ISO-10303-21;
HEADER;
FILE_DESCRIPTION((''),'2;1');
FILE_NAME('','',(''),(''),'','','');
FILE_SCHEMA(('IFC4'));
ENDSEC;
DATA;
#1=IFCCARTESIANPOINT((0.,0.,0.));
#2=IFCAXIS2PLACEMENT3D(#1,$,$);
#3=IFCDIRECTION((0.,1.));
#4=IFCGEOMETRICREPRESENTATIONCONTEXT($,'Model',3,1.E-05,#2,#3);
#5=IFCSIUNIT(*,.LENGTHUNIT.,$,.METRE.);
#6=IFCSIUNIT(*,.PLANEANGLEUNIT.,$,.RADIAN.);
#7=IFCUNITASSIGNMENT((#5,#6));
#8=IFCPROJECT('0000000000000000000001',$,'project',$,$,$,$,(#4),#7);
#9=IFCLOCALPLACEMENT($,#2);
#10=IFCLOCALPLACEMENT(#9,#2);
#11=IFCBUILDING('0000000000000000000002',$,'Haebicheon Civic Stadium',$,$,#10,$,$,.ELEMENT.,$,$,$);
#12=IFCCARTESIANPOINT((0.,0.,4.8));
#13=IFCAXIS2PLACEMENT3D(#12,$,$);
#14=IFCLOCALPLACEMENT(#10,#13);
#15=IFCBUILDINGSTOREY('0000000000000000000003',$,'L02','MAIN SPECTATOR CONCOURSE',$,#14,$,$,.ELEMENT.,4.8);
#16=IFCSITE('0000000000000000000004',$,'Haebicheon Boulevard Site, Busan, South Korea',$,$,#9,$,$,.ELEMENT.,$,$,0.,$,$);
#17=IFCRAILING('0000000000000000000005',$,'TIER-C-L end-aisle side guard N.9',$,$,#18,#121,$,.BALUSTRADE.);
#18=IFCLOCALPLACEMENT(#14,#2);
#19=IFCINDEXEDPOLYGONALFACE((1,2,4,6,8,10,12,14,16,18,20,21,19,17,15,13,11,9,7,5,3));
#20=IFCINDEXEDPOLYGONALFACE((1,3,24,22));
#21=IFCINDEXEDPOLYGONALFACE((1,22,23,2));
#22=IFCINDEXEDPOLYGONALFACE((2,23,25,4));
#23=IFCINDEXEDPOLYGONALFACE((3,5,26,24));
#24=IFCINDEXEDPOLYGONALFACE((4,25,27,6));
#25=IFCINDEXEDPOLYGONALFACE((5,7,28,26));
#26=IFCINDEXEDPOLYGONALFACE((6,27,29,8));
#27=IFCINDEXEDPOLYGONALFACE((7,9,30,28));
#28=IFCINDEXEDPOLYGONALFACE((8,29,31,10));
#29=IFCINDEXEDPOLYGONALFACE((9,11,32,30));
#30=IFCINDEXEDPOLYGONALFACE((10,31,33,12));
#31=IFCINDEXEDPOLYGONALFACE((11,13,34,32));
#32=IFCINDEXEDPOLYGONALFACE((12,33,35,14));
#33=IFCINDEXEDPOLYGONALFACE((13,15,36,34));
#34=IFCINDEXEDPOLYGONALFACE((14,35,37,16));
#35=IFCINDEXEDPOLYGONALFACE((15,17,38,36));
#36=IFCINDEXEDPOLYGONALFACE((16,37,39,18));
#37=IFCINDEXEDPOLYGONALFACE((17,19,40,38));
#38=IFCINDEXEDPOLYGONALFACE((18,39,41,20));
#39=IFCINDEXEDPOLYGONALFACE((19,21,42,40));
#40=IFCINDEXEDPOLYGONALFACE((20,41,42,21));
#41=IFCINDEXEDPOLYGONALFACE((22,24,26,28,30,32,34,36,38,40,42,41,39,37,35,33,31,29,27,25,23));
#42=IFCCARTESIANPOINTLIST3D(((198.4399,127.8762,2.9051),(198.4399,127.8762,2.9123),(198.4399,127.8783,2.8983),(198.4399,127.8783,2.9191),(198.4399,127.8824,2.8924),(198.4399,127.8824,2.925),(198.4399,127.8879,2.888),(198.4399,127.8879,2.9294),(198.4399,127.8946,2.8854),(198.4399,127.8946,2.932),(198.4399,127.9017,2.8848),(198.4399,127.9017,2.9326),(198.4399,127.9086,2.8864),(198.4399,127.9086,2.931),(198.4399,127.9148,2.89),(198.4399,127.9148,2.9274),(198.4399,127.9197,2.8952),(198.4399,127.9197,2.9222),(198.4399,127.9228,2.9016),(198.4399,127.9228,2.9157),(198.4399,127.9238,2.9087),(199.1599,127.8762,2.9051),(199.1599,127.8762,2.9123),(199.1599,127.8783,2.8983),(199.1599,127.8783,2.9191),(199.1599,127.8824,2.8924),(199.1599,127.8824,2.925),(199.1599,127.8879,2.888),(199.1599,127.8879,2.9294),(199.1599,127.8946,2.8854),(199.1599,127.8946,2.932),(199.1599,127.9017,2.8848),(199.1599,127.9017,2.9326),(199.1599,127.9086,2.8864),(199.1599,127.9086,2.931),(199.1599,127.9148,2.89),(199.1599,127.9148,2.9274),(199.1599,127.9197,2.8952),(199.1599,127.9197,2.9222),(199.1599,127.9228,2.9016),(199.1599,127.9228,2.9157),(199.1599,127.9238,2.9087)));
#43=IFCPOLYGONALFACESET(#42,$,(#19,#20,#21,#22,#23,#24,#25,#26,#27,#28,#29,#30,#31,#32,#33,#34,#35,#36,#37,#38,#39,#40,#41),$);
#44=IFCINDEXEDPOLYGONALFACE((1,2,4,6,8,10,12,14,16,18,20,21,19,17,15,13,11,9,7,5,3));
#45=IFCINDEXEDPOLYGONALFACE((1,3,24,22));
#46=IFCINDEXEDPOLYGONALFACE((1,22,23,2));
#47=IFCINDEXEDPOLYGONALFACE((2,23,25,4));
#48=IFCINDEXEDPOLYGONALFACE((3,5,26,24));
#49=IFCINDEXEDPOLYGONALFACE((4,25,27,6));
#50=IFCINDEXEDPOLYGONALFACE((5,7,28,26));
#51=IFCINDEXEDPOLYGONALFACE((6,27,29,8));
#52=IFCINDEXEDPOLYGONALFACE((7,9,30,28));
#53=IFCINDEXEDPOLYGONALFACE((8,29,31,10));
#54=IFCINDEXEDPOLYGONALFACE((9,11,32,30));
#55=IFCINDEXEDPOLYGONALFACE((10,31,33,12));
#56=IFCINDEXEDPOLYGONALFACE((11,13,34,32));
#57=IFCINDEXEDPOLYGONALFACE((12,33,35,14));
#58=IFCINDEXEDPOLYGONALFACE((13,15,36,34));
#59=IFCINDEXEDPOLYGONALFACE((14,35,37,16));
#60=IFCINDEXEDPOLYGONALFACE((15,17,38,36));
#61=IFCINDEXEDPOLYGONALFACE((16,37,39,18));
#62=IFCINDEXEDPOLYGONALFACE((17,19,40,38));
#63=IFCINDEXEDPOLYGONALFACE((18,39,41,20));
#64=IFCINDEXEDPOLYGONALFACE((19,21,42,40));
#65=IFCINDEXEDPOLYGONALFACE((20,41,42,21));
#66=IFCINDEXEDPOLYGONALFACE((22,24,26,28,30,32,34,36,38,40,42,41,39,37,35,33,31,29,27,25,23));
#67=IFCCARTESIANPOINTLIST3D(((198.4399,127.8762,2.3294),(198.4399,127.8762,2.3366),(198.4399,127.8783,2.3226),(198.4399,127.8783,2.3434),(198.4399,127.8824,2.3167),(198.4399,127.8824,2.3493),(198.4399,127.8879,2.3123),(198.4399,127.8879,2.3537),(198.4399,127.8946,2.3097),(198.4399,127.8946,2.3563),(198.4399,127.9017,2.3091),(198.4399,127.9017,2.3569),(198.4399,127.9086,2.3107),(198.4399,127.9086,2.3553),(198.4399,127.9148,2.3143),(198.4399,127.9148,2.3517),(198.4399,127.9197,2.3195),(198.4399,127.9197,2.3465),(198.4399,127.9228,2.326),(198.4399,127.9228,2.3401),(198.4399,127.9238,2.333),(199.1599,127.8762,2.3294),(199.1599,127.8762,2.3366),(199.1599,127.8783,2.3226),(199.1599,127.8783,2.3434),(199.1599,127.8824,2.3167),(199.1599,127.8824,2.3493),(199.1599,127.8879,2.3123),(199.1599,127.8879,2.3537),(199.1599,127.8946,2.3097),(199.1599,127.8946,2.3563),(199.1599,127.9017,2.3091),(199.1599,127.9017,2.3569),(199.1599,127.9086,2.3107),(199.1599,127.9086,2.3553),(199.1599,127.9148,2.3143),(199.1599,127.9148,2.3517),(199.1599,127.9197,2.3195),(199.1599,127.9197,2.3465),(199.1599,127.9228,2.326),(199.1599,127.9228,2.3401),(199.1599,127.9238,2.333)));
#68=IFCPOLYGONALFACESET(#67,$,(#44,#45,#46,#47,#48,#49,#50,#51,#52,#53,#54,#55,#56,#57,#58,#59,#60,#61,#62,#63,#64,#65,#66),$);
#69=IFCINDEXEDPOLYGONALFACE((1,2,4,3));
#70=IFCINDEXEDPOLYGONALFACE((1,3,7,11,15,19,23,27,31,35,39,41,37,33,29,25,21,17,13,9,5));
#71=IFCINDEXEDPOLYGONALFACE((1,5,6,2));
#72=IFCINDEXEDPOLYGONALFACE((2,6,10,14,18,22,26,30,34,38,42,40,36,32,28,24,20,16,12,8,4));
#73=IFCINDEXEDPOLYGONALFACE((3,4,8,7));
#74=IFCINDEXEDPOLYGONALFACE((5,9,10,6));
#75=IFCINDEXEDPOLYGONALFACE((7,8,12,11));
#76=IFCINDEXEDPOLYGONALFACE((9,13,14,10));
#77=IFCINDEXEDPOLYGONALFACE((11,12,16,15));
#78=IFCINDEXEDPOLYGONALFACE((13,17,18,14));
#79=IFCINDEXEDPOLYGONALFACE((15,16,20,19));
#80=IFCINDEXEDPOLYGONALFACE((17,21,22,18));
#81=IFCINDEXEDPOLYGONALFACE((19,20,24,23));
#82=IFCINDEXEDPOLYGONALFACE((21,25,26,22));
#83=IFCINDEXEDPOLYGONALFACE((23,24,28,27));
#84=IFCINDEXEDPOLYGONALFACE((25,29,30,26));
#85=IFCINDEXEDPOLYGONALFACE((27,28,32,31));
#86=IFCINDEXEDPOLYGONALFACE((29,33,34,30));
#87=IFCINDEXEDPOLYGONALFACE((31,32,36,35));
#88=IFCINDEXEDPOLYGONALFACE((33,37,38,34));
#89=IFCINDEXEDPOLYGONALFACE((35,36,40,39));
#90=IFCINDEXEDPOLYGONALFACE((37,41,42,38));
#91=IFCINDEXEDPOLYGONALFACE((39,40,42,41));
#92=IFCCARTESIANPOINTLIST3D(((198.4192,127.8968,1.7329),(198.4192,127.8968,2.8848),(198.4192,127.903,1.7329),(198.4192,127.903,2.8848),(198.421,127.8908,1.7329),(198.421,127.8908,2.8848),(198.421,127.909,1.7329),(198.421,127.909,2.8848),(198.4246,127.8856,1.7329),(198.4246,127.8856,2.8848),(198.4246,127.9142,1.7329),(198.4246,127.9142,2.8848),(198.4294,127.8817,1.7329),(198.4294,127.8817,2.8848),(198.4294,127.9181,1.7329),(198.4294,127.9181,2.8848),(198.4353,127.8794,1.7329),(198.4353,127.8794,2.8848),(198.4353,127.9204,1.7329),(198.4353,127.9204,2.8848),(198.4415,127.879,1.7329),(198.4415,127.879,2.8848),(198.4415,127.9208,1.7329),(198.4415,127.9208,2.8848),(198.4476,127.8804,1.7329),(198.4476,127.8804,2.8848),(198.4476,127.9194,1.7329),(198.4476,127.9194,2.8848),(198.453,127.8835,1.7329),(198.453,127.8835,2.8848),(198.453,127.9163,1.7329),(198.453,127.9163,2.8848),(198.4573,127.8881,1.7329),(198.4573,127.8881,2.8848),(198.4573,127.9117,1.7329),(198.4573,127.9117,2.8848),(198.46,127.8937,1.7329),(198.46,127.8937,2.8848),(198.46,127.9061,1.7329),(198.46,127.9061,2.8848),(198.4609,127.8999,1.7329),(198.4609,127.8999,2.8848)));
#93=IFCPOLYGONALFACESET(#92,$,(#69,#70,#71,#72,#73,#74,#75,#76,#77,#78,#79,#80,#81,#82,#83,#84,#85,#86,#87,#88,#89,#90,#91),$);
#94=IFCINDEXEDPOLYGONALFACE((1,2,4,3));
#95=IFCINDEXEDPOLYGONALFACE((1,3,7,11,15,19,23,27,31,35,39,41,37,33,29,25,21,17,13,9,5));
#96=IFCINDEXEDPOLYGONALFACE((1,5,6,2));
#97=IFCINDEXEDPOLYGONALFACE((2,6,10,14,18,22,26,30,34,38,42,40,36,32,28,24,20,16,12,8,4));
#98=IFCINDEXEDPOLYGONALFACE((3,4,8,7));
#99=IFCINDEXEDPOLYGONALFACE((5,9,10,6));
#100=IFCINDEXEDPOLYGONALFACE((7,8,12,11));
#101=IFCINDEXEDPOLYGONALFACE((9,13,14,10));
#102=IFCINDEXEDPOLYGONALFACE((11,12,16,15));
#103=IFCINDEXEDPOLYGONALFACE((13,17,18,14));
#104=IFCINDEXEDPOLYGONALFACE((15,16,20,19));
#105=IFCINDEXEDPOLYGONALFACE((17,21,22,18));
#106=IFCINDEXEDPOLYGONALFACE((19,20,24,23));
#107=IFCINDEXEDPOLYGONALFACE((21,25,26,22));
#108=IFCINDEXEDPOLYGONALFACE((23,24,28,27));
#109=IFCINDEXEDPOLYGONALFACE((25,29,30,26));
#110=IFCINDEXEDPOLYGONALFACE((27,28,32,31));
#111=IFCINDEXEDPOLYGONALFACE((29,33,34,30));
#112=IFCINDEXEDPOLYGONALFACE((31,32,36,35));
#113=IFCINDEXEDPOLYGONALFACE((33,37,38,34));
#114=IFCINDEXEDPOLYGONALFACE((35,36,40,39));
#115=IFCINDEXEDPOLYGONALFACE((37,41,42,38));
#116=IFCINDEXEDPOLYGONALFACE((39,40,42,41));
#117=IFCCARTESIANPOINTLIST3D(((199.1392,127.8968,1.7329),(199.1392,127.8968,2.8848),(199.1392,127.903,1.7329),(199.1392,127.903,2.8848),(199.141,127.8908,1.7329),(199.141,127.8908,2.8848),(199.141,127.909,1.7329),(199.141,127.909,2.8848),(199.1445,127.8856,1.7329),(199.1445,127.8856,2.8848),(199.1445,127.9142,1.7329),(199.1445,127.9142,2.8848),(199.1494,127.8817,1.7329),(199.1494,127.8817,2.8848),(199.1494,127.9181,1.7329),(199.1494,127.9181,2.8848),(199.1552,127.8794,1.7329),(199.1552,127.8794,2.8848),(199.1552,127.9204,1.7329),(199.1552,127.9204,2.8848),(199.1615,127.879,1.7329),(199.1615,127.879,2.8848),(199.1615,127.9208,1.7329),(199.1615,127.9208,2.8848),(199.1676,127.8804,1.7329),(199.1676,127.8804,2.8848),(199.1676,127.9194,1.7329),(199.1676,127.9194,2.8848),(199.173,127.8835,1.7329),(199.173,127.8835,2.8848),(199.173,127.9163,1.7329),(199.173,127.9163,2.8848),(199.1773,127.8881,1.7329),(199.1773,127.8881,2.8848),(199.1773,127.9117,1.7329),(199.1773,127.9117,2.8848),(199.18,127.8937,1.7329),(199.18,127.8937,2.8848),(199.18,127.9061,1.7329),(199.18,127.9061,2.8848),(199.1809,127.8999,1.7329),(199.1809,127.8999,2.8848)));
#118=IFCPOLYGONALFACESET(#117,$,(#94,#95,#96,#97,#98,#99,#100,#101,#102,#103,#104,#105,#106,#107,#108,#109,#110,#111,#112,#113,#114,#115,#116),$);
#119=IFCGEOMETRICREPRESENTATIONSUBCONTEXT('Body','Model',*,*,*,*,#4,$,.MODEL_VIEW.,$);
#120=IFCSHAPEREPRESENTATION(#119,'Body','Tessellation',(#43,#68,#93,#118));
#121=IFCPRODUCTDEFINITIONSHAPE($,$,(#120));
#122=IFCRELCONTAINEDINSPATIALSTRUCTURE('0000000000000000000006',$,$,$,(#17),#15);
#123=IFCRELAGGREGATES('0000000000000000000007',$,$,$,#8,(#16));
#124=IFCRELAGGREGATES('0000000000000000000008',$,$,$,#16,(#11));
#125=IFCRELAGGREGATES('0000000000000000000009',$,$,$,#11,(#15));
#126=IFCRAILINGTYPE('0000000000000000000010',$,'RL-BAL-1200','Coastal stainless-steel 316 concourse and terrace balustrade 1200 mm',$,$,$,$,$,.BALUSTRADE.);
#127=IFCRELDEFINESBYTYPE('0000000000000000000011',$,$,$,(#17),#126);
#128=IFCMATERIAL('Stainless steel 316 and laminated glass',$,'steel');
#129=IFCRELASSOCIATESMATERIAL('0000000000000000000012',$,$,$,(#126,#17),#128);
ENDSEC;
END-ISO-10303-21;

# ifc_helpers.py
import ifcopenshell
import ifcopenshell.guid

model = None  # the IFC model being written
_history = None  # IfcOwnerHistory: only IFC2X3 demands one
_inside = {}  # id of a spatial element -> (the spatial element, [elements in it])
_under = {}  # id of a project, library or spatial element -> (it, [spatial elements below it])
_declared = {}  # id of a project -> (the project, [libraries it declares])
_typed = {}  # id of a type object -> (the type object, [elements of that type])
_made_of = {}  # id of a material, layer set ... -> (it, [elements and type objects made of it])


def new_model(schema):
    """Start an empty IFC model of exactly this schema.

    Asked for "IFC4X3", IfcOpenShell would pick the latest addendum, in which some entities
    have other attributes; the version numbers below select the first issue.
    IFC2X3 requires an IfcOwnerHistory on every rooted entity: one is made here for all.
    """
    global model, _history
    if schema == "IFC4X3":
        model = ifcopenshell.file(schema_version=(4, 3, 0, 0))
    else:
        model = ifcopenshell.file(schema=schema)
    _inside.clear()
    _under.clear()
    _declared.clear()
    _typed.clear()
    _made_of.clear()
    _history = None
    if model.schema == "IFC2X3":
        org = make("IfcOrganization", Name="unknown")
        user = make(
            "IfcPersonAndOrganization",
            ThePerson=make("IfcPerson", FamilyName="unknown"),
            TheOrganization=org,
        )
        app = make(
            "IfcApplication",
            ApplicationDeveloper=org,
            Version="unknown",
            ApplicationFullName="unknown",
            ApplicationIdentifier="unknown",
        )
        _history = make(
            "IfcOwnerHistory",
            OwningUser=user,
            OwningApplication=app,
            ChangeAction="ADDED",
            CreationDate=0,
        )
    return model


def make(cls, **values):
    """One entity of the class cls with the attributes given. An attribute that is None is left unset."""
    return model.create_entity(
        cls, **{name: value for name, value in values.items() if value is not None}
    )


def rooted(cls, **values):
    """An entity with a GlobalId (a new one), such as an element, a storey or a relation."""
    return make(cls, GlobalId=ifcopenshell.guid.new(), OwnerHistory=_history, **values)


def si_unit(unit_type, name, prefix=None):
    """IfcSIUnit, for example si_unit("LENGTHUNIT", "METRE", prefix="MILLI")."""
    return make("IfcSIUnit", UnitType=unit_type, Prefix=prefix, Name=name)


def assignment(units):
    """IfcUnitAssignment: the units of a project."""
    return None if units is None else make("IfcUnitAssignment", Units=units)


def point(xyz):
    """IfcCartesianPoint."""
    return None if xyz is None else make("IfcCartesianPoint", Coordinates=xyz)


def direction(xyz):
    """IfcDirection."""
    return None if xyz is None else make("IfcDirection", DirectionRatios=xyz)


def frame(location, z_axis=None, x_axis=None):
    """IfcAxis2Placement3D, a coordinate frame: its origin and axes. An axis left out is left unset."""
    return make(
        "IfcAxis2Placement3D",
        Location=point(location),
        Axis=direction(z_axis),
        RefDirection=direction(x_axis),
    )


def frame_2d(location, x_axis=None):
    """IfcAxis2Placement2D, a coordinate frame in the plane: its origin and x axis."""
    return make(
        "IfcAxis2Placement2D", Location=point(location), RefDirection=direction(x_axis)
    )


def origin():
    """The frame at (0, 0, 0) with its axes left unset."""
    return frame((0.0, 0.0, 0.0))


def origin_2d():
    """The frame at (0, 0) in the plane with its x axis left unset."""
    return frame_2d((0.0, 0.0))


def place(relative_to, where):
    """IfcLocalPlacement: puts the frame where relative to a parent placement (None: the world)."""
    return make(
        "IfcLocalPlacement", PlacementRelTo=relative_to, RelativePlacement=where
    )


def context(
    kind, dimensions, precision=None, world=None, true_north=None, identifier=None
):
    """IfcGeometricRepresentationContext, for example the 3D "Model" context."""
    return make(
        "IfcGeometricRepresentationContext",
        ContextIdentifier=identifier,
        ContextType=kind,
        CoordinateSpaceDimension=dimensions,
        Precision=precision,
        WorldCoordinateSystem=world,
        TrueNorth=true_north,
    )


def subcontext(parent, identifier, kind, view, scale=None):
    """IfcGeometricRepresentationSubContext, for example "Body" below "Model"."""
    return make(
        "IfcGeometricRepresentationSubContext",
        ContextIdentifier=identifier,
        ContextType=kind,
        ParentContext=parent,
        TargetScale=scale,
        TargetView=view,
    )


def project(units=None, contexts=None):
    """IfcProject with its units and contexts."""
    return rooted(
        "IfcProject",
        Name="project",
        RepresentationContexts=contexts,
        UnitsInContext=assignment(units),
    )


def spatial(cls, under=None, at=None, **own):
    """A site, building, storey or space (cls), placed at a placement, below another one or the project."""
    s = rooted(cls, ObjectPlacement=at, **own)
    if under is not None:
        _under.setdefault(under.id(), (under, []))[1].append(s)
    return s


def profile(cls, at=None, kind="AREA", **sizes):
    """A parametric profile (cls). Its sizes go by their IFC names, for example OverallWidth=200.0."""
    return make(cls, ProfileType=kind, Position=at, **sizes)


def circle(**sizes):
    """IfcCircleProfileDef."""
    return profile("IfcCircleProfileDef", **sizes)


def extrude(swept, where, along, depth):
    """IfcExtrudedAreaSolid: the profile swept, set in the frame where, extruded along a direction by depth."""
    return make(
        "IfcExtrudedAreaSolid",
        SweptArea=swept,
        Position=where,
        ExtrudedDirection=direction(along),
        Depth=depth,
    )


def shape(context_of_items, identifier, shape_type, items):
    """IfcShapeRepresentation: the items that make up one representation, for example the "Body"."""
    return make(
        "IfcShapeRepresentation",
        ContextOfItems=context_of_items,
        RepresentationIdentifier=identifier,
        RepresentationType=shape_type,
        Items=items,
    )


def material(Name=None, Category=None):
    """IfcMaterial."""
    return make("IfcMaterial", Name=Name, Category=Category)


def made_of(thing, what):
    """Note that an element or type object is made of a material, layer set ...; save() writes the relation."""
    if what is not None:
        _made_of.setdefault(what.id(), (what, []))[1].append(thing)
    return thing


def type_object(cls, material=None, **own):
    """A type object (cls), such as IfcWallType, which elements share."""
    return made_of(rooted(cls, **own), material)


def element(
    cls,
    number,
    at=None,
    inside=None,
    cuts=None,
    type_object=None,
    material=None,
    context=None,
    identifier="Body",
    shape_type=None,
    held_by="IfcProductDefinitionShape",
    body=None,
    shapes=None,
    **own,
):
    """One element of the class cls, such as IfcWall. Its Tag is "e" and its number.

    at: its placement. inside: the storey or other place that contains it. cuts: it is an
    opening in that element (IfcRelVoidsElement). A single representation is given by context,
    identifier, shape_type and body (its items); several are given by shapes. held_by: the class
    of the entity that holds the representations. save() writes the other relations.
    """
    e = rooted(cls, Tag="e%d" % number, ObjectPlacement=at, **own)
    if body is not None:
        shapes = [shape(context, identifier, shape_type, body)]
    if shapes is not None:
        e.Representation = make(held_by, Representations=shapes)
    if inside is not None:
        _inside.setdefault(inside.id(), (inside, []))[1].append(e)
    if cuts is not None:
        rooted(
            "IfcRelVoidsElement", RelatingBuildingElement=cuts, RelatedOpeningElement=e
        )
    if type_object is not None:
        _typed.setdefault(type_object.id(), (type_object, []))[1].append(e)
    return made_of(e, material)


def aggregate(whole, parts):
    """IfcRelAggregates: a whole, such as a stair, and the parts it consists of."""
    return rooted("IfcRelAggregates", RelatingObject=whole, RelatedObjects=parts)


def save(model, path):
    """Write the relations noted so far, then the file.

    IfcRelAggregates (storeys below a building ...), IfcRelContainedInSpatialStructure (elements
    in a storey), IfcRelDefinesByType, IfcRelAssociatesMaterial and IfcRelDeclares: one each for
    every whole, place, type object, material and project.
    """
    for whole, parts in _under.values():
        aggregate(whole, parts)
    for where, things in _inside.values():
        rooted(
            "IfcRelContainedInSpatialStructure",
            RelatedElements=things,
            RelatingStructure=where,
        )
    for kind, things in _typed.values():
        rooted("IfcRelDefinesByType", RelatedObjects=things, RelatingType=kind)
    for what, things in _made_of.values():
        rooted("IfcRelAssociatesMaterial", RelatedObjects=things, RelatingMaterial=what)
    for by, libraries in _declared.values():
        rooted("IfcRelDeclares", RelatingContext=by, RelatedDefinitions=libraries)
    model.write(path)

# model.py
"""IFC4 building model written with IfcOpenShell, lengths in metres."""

from ifc_helpers import new_model, si_unit, direction, frame, origin, origin_2d, place, context, subcontext, project, spatial, circle, extrude, material, type_object, element, save


model = new_model("IFC4")

# Units and contexts
model_context = context("Model", 3, precision=1e-05, world=origin(), true_north=direction((0.0, 1.0)))
body_context = subcontext(model_context, "Body", "Model", "MODEL_VIEW")
ifc_project = project(units=[si_unit("LENGTHUNIT", "METRE"), si_unit("PLANEANGLEUNIT", "RADIAN")], contexts=[model_context])

# Site, building, storey
site_placement = place(None, origin())
site = spatial("IfcSite", under=ifc_project, at=site_placement, Name="Haebicheon Boulevard Site, Busan, South Korea", CompositionType="ELEMENT", RefElevation=0.0)
building_placement = place(site_placement, origin())
building = spatial("IfcBuilding", under=site, at=building_placement, Name="Haebicheon Civic Stadium", CompositionType="ELEMENT")
storey_placement = place(building_placement, frame((0.0, 0.0, 4.8)))
storey = spatial("IfcBuildingStorey", under=building, at=storey_placement, Name="L02", Description="MAIN SPECTATOR CONCOURSE", CompositionType="ELEMENT", Elevation=4.8)

# Railing
ifc_material_1 = material(Name="Stainless steel 316 and laminated glass", Category="steel")
railing_type_1 = type_object("IfcRailingType", Name="RL-BAL-1200", Description="Coastal stainless-steel 316 concourse and terrace balustrade 1200 mm", PredefinedType="BALUSTRADE", material=ifc_material_1)
for number, where, name in (
    (1, (198.4399, 127.8999, 1.7329), "TIER-C-L end-aisle side guard N.9"),
):
    element("IfcRailing", number, at=place(storey_placement, frame(where)), inside=storey, type_object=railing_type_1, material=ifc_material_1, Name=name, PredefinedType="BALUSTRADE", context=body_context, shape_type="SweptSolid", body=[
        extrude(circle(Radius=0.0239, at=origin_2d()), frame((0.0, 0.0, 1.1758), z_axis=(1.0, 0.0, 0.0), x_axis=(0.0, 1.0, 0.0)), (0.0, 0.0, 1.0), 0.72),
        extrude(circle(Radius=0.0239, at=origin_2d()), frame((0.0, 0.0, 0.6001), z_axis=(1.0, 0.0, 0.0), x_axis=(0.0, 1.0, 0.0)), (0.0, 0.0, 1.0), 0.72),
        extrude(circle(Radius=0.021, at=origin_2d()), origin(), (0.0, 0.0, 1.0), 1.1519),
        extrude(circle(Radius=0.021, at=origin_2d()), frame((0.72, 0.0, 0.0)), (0.0, 0.0, 1.0), 1.1519),
    ])

save(model, "model.ifc")
